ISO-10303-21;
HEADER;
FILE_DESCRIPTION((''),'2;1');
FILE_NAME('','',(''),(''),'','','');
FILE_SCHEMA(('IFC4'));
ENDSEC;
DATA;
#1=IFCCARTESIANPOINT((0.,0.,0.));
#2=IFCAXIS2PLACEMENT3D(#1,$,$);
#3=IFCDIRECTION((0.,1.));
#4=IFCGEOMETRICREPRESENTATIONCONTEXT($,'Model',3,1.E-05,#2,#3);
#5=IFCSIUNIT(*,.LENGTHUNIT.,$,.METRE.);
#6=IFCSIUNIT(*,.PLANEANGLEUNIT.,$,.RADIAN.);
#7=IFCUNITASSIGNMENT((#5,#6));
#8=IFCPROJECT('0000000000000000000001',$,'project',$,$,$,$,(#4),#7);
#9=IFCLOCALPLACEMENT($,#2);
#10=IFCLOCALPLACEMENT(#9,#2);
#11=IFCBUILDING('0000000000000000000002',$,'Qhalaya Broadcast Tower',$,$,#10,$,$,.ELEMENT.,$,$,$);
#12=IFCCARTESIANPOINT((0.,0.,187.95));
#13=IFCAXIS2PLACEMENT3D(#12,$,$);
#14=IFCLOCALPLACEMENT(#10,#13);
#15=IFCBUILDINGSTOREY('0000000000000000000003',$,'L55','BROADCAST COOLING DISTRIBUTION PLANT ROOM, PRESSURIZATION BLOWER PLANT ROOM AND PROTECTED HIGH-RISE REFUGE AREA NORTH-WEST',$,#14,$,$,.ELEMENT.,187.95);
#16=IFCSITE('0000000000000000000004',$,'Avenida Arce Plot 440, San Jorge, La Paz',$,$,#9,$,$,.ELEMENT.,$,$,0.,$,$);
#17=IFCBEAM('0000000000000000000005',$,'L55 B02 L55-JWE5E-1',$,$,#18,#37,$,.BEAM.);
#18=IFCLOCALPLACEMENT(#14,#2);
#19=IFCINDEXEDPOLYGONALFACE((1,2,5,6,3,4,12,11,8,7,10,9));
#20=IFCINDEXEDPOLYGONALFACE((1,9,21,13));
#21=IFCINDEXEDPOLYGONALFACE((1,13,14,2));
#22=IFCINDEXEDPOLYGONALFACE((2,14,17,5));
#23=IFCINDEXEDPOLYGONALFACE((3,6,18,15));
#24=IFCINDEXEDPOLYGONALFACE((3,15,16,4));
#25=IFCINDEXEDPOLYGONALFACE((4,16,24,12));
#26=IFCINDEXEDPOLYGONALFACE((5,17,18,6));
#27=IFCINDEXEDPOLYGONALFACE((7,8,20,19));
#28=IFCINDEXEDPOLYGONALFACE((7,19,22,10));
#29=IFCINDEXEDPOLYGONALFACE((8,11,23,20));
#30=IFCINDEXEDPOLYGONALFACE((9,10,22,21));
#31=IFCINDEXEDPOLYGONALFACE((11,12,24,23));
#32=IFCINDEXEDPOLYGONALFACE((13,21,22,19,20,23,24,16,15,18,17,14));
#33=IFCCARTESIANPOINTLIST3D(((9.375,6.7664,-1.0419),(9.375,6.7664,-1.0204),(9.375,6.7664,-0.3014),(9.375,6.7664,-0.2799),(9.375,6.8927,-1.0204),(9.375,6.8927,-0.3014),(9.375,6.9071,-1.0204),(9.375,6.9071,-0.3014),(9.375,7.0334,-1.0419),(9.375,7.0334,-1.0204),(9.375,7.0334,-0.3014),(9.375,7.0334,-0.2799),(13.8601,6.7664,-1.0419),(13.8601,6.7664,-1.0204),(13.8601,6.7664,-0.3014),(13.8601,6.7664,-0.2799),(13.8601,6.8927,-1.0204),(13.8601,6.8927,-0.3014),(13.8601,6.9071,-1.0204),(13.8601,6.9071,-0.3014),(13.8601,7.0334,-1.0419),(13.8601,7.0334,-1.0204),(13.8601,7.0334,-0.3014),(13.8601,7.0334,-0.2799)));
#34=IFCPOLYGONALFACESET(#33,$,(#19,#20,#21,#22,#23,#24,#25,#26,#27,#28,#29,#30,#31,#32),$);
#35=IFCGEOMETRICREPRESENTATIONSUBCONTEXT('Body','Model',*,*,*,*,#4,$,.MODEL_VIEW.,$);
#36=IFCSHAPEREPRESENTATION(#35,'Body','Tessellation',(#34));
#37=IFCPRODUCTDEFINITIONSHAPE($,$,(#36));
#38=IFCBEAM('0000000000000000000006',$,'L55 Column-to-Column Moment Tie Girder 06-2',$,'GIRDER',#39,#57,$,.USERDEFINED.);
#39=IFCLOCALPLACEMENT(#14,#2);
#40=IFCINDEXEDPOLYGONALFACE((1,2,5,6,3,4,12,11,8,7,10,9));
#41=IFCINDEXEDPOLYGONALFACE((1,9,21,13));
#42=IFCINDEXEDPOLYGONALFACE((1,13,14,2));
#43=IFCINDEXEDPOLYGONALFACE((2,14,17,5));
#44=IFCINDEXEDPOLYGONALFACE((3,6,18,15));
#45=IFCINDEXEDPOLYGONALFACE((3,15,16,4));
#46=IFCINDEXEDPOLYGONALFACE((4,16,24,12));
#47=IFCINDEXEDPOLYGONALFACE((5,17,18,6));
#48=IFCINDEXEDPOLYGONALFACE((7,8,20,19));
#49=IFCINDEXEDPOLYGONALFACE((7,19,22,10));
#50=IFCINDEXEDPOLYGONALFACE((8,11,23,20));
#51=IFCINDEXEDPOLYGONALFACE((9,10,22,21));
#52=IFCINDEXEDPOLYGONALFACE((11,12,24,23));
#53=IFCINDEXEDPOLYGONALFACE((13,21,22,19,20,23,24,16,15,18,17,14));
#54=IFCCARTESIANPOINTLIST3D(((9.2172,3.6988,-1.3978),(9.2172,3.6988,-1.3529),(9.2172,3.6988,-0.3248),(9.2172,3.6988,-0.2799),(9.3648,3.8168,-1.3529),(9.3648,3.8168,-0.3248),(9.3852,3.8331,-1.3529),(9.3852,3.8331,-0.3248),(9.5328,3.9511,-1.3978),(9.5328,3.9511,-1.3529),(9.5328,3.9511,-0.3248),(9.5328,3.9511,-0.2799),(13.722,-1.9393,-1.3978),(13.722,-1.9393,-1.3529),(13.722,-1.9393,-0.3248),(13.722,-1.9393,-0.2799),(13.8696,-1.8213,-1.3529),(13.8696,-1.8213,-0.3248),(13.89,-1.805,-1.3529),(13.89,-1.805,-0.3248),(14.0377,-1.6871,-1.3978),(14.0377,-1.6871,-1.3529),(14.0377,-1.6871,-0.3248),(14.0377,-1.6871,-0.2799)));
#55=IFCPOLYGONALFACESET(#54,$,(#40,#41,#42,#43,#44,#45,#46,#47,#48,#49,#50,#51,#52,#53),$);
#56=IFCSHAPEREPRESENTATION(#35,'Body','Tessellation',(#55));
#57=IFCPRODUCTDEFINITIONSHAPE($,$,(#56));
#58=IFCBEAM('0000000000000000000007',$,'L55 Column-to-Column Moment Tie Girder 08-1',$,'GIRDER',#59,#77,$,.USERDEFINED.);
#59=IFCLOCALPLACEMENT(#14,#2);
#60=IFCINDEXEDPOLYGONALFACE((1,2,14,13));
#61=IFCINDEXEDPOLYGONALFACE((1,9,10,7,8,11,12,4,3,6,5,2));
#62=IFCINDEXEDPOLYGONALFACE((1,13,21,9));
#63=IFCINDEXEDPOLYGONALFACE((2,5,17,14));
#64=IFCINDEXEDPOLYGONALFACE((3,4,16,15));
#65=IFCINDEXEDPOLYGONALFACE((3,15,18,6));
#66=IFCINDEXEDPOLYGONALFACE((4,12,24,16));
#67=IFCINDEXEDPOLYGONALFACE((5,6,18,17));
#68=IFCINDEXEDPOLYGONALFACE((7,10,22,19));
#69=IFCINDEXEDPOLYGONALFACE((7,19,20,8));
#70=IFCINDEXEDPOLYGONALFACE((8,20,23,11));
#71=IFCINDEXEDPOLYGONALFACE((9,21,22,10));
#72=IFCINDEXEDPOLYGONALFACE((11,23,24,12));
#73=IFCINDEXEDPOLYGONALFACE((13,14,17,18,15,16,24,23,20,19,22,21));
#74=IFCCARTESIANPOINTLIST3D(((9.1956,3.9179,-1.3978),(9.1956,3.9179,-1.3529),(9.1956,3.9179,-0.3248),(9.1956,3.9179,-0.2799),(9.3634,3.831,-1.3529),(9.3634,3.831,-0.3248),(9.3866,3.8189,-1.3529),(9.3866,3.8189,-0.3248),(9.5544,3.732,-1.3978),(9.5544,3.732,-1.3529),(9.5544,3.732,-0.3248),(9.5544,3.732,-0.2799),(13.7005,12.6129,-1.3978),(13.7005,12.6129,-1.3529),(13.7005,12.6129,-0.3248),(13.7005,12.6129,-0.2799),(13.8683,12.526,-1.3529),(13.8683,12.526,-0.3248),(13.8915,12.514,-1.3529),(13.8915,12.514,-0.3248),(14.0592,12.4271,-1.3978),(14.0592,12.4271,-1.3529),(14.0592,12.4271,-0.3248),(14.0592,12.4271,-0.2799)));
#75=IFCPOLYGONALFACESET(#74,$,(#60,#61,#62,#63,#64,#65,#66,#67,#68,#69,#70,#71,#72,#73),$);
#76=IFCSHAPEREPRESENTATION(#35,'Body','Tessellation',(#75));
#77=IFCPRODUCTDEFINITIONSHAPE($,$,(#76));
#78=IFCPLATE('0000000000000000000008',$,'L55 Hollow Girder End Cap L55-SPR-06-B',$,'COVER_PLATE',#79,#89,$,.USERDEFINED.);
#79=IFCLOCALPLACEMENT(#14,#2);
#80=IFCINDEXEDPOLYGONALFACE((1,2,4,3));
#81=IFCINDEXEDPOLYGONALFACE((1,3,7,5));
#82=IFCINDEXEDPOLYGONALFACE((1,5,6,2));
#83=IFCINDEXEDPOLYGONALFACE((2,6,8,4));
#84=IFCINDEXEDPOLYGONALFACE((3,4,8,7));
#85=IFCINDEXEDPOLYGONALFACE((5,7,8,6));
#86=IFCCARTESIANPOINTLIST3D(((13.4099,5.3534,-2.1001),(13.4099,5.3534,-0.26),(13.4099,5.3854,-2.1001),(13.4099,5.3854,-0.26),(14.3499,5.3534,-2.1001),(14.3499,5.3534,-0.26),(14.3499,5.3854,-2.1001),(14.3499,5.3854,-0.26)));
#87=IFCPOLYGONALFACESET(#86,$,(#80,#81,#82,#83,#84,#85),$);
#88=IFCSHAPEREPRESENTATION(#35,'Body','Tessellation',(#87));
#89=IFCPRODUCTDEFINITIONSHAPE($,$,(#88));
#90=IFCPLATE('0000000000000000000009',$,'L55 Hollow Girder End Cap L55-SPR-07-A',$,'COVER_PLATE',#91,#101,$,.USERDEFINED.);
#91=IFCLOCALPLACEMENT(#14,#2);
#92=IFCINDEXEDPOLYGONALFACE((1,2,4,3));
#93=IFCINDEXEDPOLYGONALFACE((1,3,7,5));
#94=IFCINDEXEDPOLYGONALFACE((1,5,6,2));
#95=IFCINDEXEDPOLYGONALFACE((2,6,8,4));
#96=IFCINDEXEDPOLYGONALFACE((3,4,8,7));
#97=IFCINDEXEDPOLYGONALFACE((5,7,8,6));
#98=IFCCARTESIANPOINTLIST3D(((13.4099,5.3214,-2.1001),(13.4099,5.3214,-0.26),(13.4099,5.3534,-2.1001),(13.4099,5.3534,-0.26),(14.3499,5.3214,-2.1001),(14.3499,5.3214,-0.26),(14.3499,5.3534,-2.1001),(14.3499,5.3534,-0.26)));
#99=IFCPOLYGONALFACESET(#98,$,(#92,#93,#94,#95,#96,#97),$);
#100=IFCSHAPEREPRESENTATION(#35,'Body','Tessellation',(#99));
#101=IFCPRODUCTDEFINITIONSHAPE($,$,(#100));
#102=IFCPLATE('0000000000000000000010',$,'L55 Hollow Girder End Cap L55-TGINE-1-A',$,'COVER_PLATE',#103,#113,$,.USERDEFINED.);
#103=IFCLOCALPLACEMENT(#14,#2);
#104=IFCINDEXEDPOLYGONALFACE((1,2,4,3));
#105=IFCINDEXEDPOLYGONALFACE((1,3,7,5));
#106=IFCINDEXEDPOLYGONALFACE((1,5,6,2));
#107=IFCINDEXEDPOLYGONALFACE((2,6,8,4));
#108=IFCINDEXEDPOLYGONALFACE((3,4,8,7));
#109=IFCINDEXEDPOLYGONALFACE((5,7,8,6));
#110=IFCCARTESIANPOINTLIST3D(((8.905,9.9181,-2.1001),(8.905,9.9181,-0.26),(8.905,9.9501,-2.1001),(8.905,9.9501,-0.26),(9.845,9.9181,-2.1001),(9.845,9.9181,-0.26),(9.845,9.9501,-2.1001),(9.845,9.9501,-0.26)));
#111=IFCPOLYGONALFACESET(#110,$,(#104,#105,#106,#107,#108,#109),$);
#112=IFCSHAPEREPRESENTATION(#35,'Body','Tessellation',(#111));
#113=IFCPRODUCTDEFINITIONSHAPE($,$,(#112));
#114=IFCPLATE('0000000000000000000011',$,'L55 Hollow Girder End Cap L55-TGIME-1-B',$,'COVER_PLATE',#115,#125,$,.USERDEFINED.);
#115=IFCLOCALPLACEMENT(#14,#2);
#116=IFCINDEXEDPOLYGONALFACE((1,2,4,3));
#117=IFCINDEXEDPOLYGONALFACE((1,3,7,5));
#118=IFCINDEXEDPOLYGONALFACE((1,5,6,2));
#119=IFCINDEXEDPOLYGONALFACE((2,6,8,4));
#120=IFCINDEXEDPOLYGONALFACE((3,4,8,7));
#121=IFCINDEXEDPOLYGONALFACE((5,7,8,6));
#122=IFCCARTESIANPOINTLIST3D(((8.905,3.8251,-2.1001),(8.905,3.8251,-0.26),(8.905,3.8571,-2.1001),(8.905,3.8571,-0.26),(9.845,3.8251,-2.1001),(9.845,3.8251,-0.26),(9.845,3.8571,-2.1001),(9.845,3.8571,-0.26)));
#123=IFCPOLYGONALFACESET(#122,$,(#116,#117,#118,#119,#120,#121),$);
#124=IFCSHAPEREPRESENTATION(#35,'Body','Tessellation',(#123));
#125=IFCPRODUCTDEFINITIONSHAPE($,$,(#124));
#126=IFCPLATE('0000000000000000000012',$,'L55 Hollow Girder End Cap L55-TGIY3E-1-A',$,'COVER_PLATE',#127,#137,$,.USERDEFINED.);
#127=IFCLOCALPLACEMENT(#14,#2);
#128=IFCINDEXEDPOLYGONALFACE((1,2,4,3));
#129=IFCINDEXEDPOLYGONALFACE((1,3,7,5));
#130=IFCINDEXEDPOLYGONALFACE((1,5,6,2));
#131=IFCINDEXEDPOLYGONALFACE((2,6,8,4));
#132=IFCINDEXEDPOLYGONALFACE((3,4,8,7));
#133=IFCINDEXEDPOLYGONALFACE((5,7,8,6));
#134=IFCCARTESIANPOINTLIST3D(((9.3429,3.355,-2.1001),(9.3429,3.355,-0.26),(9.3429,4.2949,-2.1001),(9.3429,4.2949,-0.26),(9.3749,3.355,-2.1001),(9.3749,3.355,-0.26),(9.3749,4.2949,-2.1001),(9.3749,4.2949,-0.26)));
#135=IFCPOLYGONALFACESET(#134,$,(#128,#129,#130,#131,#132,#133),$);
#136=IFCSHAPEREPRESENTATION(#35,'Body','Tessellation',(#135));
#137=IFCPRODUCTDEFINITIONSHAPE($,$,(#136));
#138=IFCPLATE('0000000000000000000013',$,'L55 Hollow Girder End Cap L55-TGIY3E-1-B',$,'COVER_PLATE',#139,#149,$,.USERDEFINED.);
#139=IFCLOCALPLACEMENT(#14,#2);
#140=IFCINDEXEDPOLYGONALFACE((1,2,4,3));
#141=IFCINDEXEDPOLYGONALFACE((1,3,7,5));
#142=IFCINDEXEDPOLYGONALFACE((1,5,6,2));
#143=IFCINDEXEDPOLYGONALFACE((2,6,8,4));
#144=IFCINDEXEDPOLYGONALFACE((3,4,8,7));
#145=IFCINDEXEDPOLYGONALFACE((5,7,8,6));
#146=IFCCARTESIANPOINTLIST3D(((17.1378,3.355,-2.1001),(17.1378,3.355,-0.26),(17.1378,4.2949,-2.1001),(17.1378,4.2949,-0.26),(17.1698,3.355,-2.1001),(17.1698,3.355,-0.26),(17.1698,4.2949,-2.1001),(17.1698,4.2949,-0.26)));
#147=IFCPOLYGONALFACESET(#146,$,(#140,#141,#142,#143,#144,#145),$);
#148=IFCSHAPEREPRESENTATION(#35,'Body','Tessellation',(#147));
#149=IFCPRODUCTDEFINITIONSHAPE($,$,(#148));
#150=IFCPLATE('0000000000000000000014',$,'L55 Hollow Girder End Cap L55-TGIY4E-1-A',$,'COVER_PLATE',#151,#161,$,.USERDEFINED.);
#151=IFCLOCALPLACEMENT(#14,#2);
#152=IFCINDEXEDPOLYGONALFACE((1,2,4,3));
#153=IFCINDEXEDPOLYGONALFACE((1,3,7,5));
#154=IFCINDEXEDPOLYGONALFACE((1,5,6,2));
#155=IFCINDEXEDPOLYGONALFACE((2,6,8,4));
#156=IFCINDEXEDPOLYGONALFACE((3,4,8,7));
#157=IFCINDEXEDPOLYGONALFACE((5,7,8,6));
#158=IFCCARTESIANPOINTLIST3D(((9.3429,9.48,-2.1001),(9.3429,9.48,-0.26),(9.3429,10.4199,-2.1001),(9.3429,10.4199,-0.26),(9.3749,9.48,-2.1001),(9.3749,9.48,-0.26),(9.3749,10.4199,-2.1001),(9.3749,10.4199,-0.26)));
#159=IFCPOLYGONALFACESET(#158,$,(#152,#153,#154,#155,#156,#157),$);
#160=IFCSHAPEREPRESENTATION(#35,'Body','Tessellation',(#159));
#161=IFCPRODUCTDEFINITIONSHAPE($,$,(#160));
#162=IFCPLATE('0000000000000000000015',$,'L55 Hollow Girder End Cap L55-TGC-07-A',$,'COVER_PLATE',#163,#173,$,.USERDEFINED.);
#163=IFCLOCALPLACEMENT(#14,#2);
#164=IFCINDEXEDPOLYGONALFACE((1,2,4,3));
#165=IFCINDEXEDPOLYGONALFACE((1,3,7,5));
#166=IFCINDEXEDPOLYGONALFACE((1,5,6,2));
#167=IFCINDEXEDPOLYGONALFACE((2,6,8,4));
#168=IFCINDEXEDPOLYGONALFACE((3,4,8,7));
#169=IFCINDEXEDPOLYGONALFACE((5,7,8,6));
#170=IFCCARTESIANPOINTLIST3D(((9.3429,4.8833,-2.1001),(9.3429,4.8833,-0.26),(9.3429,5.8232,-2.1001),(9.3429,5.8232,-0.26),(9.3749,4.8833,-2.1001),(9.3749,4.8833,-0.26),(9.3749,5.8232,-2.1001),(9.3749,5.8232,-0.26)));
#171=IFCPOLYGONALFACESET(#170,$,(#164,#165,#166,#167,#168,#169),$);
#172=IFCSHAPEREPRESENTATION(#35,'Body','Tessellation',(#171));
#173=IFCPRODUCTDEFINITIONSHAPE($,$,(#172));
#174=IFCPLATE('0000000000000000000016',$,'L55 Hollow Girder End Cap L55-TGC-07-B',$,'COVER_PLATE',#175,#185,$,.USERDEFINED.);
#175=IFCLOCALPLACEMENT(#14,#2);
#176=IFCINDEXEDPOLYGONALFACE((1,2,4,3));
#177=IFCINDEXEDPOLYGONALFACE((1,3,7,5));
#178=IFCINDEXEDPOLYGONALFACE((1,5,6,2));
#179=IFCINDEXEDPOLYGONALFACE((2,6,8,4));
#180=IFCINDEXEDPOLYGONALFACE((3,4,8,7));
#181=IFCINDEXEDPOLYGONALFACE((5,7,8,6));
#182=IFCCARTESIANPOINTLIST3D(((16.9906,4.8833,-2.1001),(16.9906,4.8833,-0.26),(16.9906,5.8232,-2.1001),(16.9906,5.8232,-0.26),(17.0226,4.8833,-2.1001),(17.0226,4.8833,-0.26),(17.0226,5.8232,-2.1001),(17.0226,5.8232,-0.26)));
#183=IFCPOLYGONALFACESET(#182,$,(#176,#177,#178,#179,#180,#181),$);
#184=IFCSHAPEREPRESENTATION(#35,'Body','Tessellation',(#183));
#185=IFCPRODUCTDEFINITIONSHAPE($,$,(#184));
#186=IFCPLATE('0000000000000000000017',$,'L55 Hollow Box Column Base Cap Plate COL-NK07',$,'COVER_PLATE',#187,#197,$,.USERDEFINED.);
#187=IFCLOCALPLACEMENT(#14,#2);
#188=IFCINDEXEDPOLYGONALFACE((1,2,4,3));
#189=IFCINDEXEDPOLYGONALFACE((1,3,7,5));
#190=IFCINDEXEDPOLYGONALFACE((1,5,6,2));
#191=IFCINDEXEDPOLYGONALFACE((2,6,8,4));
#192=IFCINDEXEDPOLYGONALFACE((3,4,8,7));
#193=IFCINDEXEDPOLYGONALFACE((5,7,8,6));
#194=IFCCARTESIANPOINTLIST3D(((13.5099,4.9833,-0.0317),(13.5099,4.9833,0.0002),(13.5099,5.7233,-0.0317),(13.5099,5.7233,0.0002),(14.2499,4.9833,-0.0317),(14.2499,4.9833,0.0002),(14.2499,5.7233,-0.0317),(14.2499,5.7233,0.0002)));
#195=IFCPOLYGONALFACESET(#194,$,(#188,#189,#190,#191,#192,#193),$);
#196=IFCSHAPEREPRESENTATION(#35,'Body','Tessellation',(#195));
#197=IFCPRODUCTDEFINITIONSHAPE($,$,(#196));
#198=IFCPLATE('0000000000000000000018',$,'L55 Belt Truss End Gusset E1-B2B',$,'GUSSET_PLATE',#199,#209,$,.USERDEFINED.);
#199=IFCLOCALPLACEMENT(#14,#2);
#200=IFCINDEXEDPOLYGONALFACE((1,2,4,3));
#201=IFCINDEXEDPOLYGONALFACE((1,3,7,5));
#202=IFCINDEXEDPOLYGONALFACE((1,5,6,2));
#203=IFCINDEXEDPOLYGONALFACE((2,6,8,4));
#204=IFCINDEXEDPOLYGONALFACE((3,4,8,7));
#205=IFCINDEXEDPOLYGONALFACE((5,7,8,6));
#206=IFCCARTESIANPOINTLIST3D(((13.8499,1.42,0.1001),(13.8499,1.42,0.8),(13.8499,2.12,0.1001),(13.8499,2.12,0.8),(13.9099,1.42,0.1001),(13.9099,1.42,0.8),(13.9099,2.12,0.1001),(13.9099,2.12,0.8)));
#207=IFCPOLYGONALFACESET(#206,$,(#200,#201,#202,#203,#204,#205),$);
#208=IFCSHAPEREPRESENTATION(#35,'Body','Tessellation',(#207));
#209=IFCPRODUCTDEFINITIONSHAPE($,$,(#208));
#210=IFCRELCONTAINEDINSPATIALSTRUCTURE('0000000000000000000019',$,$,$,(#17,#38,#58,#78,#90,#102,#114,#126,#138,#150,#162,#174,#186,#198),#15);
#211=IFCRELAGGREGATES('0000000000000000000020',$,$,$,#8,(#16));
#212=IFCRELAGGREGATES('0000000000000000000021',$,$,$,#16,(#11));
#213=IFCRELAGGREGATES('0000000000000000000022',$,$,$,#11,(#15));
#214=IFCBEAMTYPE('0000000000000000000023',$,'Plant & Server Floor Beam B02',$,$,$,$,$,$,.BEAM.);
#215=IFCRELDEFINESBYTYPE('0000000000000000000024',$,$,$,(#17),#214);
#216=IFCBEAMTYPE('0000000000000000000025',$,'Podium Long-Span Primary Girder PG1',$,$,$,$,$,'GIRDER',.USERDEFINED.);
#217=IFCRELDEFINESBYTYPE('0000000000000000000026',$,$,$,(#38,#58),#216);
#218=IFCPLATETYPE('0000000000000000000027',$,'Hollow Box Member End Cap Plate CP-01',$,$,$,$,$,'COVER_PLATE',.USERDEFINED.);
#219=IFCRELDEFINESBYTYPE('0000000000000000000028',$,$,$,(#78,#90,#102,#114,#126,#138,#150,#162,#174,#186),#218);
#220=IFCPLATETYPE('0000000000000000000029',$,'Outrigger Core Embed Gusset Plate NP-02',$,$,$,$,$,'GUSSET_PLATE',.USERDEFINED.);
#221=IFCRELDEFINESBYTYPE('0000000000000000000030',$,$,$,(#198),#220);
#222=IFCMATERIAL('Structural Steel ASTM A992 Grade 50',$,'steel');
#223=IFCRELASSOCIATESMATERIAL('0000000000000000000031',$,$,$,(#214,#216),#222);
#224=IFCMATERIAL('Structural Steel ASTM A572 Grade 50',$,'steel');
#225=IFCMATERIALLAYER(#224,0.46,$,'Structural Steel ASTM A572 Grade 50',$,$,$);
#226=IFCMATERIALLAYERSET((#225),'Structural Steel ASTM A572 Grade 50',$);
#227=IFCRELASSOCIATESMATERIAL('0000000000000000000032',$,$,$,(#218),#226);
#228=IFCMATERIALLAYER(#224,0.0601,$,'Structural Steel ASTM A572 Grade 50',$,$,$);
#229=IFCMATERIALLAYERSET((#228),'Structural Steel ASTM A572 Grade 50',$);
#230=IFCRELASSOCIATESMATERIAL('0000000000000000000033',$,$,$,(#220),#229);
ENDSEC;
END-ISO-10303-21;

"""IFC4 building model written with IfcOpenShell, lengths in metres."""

from ifc_helpers import new_model, si_unit, direction, frame, origin, origin_2d, place, context, subcontext, project, spatial, rectangle, i_section, extrude, material, layer, layer_set, material_profile, profile_set, type_object, element, save


model = new_model("IFC4")

# Units and contexts
model_context = context("Model", 3, precision=1e-05, world=origin(), true_north=direction((0.0, 1.0)))
body_context = subcontext(model_context, "Body", "Model", "MODEL_VIEW")
ifc_project = project(units=[si_unit("LENGTHUNIT", "METRE"), si_unit("PLANEANGLEUNIT", "RADIAN")], contexts=[model_context])

# Site, building, storey
site_placement = place(None, origin())
site = spatial("IfcSite", under=ifc_project, at=site_placement, Name="Avenida Arce Plot 440, San Jorge, La Paz", CompositionType="ELEMENT", RefElevation=0.0)
building_placement = place(site_placement, origin())
building = spatial("IfcBuilding", under=site, at=building_placement, Name="Qhalaya Broadcast Tower", CompositionType="ELEMENT")
storey_placement = place(building_placement, frame((0.0, 0.0, 187.95)))
storey = spatial("IfcBuildingStorey", under=building, at=storey_placement, Name="L55", Description="BROADCAST COOLING DISTRIBUTION PLANT ROOM, PRESSURIZATION BLOWER PLANT ROOM AND PROTECTED HIGH-RISE REFUGE AREA NORTH-WEST", CompositionType="ELEMENT", Elevation=187.95)

# Shared definitions
ifc_material_1 = material(Name="Structural Steel ASTM A572 Grade 50", Category="steel")

# Beams
ifc_material_2 = material(Name="Structural Steel ASTM A992 Grade 50", Category="steel")
ifc_material_profile_1 = material_profile(ifc_material_2, i_section(OverallWidth=0.2671, OverallDepth=0.762, WebThickness=0.0144, FlangeThickness=0.0215, at=origin_2d()), Name="W30X116")
ifc_profile_set_1 = profile_set([ifc_material_profile_1], Name="Structural Steel ASTM A992 Grade 50")
beam_type_1 = type_object("IfcBeamType", Name="Plant & Server Floor Beam B02", PredefinedType="BEAM", material=ifc_profile_set_1)
beam_1_placement = place(storey_placement, frame((9.375, 6.8999, -0.6609), z_axis=(1.0, 0.0, 0.0), x_axis=(0.0, 1.0, 0.0)))
element("IfcBeam", 1, at=beam_1_placement, inside=storey, type_object=beam_type_1, Name="L55 B02 L55-JWE5E-1", PredefinedType="BEAM", context=body_context, shape_type="SweptSolid", body=[
    extrude(i_section(OverallWidth=0.2671, OverallDepth=0.762, WebThickness=0.0144, FlangeThickness=0.0215, at=origin_2d()), origin(), (0.0, 0.0, 1.0), 4.4851),
])
ifc_material_profile_2 = material_profile(ifc_material_2, i_section(OverallWidth=0.4041, OverallDepth=1.1179, WebThickness=0.0261, FlangeThickness=0.0449, at=origin_2d()), Name="W44X335")
ifc_profile_set_2 = profile_set([ifc_material_profile_2], Name="Structural Steel ASTM A992 Grade 50")
beam_type_2 = type_object("IfcBeamType", Name="Podium Long-Span Primary Girder PG1", ElementType="GIRDER", PredefinedType="USERDEFINED", material=ifc_profile_set_2)
beam_2_placement = place(storey_placement, frame((9.375, 3.825, -0.8389), z_axis=(0.624216, -0.781252, 0.0), x_axis=(0.781252, 0.624216, 0.0)))
element("IfcBeam", 2, at=beam_2_placement, inside=storey, type_object=beam_type_2, Name="L55 Column-to-Column Moment Tie Girder 06-2", ObjectType="GIRDER", PredefinedType="USERDEFINED", context=body_context, shape_type="SweptSolid", body=[
    extrude(i_section(OverallWidth=0.4041, OverallDepth=1.1179, WebThickness=0.0261, FlangeThickness=0.0449, at=origin_2d()), origin(), (0.0, 0.0, 1.0), 7.2168),
])
beam_3_placement = place(storey_placement, frame((9.375, 3.825, -0.8389), z_axis=(0.460022, 0.887908, 0.0), x_axis=(-0.887908, 0.460022, 0.0)))
element("IfcBeam", 3, at=beam_3_placement, inside=storey, type_object=beam_type_2, Name="L55 Column-to-Column Moment Tie Girder 08-1", ObjectType="GIRDER", PredefinedType="USERDEFINED", context=body_context, shape_type="SweptSolid", body=[
    extrude(i_section(OverallWidth=0.4041, OverallDepth=1.1179, WebThickness=0.0261, FlangeThickness=0.0449, at=origin_2d()), origin(), (0.0, 0.0, 1.0), 9.7927),
])

# Plates
ifc_layer_1 = layer(ifc_material_1, 0.46, Name="Structural Steel ASTM A572 Grade 50")
ifc_layer_set_1 = layer_set([ifc_layer_1], Name="Structural Steel ASTM A572 Grade 50")
plate_type_1 = type_object("IfcPlateType", Name="Hollow Box Member End Cap Plate CP-01", ElementType="COVER_PLATE", PredefinedType="USERDEFINED", material=ifc_layer_set_1)
for number, where, z_axis, x_axis, name in (
    (4, (13.8799, 5.3694, -2.1001), (0.0, 0.0, 1.0), (-1.0, 0.0, 0.0), "L55 Hollow Girder End Cap L55-SPR-06-B"),
    (5, (13.8799, 5.3374, -2.1001), (0.0, 0.0, 1.0), (-1.0, 0.0, 0.0), "L55 Hollow Girder End Cap L55-SPR-07-A"),
    (6, (9.375, 9.9341, -2.1001), (0.0, 0.0, 1.0), (-1.0, 0.0, 0.0), "L55 Hollow Girder End Cap L55-TGINE-1-A"),
    (7, (9.375, 3.8411, -2.1001), (0.0, 0.0, 1.0), (-1.0, 0.0, 0.0), "L55 Hollow Girder End Cap L55-TGIME-1-B"),
    (8, (9.3589, 3.825, -2.1001), (0.0, 0.0, 1.0), (0.0, 1.0, 0.0), "L55 Hollow Girder End Cap L55-TGIY3E-1-A"),
    (9, (17.1538, 3.825, -2.1001), (0.0, 0.0, 1.0), (0.0, 1.0, 0.0), "L55 Hollow Girder End Cap L55-TGIY3E-1-B"),
    (10, (9.3589, 9.95, -2.1001), (0.0, 0.0, 1.0), (0.0, 1.0, 0.0), "L55 Hollow Girder End Cap L55-TGIY4E-1-A"),
    (11, (9.3589, 5.3533, -2.1001), (0.0, 0.0, 1.0), (0.0, 1.0, 0.0), "L55 Hollow Girder End Cap L55-TGC-07-A"),
    (12, (17.0066, 5.3533, -2.1001), (0.0, 0.0, 1.0), (0.0, 1.0, 0.0), "L55 Hollow Girder End Cap L55-TGC-07-B"),
):
    element("IfcPlate", number, at=place(storey_placement, frame(where, z_axis=z_axis, x_axis=x_axis)), inside=storey, type_object=plate_type_1, Name=name, ObjectType="COVER_PLATE", PredefinedType="USERDEFINED", context=body_context, shape_type="SweptSolid", body=[
        extrude(rectangle(XDim=0.9399, YDim=0.032, at=origin_2d()), origin(), (0.0, 0.0, 1.0), 1.8401),
    ])
plate_1_placement = place(storey_placement, frame((13.8799, 5.3533, -0.0317), z_axis=(0.0, 0.0, 1.0), x_axis=(0.0, 1.0, 0.0)))
element("IfcPlate", 13, at=plate_1_placement, inside=storey, type_object=plate_type_1, Name="L55 Hollow Box Column Base Cap Plate COL-NK07", ObjectType="COVER_PLATE", PredefinedType="USERDEFINED", context=body_context, shape_type="SweptSolid", body=[
    extrude(rectangle(XDim=0.74, YDim=0.74, at=origin_2d()), origin(), (0.0, 0.0, 1.0), 0.032),
])
ifc_layer_2 = layer(ifc_material_1, 0.0601, Name="Structural Steel ASTM A572 Grade 50")
ifc_layer_set_2 = layer_set([ifc_layer_2], Name="Structural Steel ASTM A572 Grade 50")
plate_type_2 = type_object("IfcPlateType", Name="Outrigger Core Embed Gusset Plate NP-02", ElementType="GUSSET_PLATE", PredefinedType="USERDEFINED", material=ifc_layer_set_2)
plate_2_placement = place(storey_placement, frame((13.8799, 1.77, 0.1001), z_axis=(0.0, 0.0, 1.0), x_axis=(0.0, 1.0, 0.0)))
element("IfcPlate", 14, at=plate_2_placement, inside=storey, type_object=plate_type_2, Name="L55 Belt Truss End Gusset E1-B2B", ObjectType="GUSSET_PLATE", PredefinedType="USERDEFINED", context=body_context, shape_type="SweptSolid", body=[
    extrude(rectangle(XDim=0.7, YDim=0.0601, at=origin_2d()), origin(), (0.0, 0.0, 1.0), 0.7),
])

save(model, "model.ifc")
